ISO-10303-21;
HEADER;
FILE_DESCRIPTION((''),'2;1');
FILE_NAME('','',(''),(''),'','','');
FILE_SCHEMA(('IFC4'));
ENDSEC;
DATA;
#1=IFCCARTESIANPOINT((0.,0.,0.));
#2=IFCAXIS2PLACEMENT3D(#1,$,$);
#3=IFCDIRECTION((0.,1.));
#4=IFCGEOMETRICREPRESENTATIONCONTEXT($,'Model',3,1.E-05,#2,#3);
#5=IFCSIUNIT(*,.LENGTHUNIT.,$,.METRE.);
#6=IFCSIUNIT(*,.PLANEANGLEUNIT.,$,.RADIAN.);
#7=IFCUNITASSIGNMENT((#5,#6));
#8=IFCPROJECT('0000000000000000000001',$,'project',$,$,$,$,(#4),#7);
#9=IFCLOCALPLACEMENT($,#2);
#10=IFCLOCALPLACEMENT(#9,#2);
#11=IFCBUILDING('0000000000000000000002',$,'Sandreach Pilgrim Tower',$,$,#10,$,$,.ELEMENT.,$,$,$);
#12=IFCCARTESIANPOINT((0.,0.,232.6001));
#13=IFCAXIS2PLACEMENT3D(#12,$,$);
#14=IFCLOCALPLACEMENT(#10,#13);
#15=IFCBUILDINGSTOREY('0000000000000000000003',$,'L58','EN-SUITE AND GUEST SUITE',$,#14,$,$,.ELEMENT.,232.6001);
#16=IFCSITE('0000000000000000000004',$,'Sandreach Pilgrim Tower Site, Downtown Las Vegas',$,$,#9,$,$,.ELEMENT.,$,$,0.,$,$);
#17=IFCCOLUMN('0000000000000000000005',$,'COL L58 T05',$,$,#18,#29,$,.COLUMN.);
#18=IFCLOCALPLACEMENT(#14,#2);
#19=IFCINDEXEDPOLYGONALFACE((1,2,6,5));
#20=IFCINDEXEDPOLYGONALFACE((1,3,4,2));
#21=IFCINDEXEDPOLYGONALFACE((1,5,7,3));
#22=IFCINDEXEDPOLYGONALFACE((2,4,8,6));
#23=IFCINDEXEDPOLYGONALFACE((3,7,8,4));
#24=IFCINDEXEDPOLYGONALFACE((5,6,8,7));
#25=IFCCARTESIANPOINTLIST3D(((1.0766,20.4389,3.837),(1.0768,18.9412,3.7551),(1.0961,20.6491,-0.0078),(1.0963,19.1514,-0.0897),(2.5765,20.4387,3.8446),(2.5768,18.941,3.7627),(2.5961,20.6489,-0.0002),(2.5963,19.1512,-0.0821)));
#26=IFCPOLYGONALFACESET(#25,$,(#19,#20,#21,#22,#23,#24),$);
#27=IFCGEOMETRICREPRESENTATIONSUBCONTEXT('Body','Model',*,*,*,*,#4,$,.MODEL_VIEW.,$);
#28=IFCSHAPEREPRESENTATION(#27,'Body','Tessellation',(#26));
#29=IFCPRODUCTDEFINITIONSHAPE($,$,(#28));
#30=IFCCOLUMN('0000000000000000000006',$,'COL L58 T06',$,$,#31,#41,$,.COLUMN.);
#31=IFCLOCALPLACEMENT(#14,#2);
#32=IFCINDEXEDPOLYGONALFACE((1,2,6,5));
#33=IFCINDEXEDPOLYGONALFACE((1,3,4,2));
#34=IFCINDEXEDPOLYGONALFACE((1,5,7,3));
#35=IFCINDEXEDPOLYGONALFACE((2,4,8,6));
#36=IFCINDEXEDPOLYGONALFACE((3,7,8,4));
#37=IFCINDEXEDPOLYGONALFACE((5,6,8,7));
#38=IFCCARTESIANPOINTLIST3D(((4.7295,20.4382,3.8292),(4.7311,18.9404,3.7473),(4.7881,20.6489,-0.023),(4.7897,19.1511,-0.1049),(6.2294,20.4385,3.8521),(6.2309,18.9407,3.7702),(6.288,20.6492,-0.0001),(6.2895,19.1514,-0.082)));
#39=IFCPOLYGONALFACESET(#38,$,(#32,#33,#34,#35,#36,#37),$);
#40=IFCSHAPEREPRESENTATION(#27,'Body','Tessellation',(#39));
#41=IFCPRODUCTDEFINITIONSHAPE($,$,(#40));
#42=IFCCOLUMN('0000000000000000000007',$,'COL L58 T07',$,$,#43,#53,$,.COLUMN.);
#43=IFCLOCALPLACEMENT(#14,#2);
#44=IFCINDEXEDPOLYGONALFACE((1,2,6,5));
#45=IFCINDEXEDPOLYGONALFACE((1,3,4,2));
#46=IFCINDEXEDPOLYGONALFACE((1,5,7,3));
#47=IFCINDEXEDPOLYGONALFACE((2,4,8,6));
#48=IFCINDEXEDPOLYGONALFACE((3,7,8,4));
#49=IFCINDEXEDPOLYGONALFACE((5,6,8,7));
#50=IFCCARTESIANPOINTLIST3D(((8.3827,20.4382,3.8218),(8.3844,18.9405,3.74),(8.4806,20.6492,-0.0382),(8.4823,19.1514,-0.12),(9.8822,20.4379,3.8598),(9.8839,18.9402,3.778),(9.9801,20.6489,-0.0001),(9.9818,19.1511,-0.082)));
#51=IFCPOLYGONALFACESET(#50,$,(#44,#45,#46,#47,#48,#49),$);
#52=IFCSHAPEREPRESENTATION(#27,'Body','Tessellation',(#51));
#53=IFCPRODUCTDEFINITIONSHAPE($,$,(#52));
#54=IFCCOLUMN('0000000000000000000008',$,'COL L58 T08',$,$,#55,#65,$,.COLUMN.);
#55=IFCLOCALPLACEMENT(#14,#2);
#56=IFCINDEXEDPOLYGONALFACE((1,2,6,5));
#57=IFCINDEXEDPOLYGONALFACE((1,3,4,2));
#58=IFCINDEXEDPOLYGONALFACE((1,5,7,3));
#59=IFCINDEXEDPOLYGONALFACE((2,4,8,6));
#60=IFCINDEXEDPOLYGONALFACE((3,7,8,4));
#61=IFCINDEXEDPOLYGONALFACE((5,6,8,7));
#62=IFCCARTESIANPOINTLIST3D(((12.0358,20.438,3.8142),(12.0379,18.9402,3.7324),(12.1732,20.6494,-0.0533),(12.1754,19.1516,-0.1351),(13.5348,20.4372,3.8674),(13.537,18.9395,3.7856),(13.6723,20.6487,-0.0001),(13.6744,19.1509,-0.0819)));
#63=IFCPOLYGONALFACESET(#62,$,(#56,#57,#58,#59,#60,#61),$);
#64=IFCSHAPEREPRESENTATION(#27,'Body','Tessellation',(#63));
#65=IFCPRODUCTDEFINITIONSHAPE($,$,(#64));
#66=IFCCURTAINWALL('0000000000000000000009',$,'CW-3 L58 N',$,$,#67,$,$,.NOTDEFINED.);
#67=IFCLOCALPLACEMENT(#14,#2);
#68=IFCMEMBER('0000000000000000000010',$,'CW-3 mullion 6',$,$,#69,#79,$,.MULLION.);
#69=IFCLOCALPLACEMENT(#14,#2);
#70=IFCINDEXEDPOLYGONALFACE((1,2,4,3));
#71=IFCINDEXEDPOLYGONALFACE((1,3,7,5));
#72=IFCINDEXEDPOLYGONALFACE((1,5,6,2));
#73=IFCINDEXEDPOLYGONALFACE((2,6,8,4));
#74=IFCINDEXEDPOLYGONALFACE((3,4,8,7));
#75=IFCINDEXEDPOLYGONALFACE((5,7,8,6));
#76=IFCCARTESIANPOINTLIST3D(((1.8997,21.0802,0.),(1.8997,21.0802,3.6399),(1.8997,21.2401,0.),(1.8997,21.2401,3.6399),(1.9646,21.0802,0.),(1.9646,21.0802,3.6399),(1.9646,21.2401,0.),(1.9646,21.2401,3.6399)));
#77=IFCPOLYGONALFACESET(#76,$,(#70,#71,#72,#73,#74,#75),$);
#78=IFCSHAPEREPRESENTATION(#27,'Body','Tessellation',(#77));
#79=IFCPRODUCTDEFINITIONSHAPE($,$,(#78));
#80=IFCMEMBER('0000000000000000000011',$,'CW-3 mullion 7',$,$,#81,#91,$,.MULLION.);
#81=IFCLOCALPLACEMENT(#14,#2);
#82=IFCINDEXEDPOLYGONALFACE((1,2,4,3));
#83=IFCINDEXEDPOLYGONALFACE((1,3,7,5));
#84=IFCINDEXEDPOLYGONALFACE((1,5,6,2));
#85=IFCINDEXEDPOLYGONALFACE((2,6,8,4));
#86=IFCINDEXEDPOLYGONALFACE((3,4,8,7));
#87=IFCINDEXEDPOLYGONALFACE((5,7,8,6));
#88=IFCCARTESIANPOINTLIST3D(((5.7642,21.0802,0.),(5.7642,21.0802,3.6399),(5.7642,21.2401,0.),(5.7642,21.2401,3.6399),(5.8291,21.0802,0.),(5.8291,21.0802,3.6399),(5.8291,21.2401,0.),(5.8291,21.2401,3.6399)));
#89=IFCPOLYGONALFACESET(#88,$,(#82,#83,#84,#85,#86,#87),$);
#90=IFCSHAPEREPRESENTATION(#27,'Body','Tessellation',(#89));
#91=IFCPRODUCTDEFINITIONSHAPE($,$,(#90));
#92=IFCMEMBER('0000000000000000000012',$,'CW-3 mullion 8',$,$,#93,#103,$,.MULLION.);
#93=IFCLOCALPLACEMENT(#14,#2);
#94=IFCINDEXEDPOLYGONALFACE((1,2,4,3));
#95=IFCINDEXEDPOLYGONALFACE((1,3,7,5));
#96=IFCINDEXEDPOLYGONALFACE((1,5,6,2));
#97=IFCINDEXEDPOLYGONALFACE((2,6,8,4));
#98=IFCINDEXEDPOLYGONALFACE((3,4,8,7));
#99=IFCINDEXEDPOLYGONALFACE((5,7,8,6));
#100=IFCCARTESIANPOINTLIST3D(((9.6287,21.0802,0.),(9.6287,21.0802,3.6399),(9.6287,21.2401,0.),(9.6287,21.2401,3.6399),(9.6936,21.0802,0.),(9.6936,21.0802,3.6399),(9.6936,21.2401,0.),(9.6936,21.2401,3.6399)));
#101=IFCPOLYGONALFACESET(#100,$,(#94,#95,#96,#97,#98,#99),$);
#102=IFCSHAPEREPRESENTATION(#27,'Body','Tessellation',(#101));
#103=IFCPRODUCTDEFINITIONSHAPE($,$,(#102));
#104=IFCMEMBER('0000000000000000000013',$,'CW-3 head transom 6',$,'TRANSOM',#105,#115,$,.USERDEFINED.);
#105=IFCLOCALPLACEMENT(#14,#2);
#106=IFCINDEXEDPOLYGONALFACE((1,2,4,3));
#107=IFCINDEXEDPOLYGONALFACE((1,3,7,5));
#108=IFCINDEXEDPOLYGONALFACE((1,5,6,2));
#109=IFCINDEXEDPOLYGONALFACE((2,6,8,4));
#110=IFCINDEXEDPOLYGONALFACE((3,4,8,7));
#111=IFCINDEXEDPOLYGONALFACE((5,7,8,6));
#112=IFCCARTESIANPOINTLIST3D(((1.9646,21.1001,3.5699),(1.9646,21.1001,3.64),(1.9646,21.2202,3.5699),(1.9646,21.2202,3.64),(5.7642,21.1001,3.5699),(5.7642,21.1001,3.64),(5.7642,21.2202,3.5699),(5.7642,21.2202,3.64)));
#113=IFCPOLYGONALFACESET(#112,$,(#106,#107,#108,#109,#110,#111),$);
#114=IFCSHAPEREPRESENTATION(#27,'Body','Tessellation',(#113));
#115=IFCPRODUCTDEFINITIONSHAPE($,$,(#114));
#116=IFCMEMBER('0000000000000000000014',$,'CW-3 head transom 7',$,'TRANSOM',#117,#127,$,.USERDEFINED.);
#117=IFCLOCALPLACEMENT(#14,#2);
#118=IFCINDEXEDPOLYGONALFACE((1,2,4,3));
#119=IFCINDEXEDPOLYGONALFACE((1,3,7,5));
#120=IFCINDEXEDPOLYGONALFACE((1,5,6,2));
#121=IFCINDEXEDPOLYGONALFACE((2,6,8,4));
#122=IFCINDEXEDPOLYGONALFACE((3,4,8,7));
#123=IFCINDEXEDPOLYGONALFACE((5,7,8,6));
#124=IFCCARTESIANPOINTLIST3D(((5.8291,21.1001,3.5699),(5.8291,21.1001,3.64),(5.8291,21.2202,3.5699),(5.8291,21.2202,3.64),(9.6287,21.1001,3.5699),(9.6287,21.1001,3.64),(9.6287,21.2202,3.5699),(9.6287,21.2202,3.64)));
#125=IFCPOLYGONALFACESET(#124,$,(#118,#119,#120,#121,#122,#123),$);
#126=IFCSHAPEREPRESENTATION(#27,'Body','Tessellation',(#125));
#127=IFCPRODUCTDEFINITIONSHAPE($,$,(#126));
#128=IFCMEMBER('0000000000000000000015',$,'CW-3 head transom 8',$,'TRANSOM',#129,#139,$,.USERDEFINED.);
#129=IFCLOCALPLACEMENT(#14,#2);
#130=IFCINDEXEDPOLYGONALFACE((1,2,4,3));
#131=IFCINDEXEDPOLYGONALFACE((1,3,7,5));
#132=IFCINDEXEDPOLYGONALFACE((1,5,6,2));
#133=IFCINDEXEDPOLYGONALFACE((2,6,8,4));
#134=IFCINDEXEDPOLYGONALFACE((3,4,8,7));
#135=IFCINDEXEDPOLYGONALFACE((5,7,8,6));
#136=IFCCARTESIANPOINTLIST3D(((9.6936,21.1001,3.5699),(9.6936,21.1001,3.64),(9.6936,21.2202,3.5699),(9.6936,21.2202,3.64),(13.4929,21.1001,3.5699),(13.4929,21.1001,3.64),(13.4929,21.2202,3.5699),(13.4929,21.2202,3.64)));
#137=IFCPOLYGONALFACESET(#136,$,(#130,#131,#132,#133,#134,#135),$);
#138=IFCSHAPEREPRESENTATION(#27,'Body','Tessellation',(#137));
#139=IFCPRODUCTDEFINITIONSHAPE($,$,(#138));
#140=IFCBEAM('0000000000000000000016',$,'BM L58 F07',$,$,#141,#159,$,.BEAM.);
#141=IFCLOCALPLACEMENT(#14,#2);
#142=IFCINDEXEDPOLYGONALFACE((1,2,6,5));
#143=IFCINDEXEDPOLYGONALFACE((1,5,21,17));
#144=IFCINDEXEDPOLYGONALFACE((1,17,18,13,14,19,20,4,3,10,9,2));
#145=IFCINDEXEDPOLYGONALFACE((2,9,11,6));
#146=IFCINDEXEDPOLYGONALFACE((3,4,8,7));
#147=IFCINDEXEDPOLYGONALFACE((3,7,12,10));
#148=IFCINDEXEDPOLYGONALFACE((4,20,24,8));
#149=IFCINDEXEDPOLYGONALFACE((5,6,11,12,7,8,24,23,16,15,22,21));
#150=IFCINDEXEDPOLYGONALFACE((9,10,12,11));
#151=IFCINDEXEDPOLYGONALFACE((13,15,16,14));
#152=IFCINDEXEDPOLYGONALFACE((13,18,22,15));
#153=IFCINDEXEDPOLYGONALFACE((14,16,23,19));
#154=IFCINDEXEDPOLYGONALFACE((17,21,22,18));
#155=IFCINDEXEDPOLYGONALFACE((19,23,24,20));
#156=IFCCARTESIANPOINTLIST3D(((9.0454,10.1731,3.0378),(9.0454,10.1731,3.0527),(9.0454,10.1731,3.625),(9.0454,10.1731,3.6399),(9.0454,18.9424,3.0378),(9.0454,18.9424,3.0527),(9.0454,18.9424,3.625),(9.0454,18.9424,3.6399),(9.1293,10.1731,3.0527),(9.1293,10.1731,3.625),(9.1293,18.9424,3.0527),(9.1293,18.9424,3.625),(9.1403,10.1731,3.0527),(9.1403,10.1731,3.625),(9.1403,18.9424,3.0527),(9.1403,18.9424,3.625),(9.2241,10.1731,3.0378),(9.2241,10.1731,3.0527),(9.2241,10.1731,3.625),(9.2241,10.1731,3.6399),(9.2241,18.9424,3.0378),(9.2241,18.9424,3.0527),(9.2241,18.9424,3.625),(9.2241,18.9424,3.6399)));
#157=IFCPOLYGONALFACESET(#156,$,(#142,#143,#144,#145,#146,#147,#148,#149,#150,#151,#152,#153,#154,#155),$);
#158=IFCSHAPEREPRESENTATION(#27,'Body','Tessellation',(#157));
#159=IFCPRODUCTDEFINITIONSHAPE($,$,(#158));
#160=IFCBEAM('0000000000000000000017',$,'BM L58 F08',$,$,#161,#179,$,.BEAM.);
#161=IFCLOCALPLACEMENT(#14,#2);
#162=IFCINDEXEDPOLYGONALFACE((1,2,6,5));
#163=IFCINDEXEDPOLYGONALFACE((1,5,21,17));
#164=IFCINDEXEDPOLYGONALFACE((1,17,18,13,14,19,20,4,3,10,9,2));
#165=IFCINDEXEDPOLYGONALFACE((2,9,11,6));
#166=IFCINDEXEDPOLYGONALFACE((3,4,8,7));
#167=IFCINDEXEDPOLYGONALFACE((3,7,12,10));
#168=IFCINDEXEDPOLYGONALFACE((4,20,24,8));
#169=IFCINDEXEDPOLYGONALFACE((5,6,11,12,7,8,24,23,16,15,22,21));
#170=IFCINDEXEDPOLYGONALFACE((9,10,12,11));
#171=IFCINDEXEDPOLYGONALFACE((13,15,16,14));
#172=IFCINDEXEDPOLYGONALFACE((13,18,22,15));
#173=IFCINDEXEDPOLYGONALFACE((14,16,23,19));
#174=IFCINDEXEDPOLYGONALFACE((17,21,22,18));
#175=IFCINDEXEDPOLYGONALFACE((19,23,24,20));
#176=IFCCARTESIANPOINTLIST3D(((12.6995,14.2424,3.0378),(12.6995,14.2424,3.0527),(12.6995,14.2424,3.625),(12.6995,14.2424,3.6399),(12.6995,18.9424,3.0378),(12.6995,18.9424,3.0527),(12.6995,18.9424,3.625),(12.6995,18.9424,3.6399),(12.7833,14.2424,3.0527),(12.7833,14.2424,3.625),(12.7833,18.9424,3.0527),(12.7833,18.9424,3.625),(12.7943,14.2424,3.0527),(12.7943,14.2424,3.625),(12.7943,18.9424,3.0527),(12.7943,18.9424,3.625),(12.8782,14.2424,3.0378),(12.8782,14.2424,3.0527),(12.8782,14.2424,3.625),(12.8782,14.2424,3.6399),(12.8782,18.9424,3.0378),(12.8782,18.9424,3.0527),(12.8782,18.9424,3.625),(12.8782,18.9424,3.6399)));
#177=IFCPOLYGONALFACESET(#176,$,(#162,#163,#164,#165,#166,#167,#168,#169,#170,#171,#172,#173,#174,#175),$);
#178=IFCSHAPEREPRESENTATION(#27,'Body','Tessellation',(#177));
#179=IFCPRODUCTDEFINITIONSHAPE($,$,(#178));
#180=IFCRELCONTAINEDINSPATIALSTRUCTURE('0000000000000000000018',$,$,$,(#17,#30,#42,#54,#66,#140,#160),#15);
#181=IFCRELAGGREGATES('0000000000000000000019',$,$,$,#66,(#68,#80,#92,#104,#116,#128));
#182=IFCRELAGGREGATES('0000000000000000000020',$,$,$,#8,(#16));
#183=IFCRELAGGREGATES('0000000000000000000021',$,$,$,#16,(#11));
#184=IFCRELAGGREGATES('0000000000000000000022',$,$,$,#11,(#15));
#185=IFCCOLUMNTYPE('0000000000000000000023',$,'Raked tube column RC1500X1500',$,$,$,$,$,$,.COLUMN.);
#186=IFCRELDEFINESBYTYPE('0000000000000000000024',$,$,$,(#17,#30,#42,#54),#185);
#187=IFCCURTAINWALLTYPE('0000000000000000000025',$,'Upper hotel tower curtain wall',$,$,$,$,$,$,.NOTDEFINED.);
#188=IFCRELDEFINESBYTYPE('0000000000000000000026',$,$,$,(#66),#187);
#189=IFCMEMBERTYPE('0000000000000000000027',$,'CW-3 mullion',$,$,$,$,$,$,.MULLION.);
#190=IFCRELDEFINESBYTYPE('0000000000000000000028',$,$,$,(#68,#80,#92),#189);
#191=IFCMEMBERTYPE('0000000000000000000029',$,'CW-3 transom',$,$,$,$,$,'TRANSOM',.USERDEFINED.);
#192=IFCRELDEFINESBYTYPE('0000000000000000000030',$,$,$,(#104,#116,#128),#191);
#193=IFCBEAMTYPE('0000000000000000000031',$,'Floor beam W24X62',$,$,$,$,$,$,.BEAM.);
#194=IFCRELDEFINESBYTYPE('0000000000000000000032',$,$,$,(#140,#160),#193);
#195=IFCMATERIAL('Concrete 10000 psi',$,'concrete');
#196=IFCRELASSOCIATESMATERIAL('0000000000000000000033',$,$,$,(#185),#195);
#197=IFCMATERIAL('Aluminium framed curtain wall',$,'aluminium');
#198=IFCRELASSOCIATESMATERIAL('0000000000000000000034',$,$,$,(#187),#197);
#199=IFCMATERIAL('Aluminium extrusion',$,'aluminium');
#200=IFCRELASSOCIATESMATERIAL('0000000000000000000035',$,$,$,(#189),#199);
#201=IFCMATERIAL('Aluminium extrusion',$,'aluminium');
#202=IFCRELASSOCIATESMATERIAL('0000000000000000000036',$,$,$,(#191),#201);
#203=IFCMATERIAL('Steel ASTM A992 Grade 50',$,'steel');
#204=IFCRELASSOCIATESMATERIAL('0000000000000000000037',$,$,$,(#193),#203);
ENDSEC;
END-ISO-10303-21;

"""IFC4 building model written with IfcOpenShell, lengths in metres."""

from ifc_helpers import new_model, si_unit, direction, frame, origin, origin_2d, place, context, subcontext, project, spatial, rectangle, i_section, extrude, material, material_profile, profile_set, type_object, element, aggregate, save


model = new_model("IFC4")

# Units and contexts
model_context = context("Model", 3, precision=1e-05, world=origin(), true_north=direction((0.0, 1.0)))
body_context = subcontext(model_context, "Body", "Model", "MODEL_VIEW")
ifc_project = project(units=[si_unit("LENGTHUNIT", "METRE"), si_unit("PLANEANGLEUNIT", "RADIAN")], contexts=[model_context])

# Site, building, storey
site_placement = place(None, origin())
site = spatial("IfcSite", under=ifc_project, at=site_placement, Name="Sandreach Pilgrim Tower Site, Downtown Las Vegas", CompositionType="ELEMENT", RefElevation=0.0)
building_placement = place(site_placement, origin())
building = spatial("IfcBuilding", under=site, at=building_placement, Name="Sandreach Pilgrim Tower", CompositionType="ELEMENT")
storey_placement = place(building_placement, frame((0.0, 0.0, 232.6001)))
storey = spatial("IfcBuildingStorey", under=building, at=storey_placement, Name="L58", Description="EN-SUITE AND GUEST SUITE", CompositionType="ELEMENT", Elevation=232.6001)

# Columns
ifc_material_1 = material(Name="Concrete 10000 psi", Category="concrete")
ifc_material_profile_1 = material_profile(ifc_material_1, rectangle(XDim=1.5, YDim=1.5, at=origin_2d()), Name="RC1500X1500")
ifc_profile_set_1 = profile_set([ifc_material_profile_1], Name="Concrete 10000 psi")
column_type = type_object("IfcColumnType", Name="Raked tube column RC1500X1500", PredefinedType="COLUMN", material=ifc_profile_set_1)
column_1_placement = place(storey_placement, frame((1.8462, 19.9001, -0.0449), z_axis=(-0.005072, -0.054591, 0.998496), x_axis=(-0.000139, 0.998509, 0.054591)))
element("IfcColumn", 1, at=column_1_placement, inside=storey, type_object=column_type, Name="COL L58 T05", PredefinedType="COLUMN", context=body_context, shape_type="SweptSolid", body=[
    extrude(rectangle(XDim=1.5, YDim=1.5, at=origin_2d()), origin(), (0.0, 0.0, 1.0), 3.8506),
])
column_2_placement = place(storey_placement, frame((5.5388, 19.9001, -0.0525), z_axis=(-0.015186, -0.054605, 0.998393), x_axis=(-0.001041, 0.998508, 0.054596)))
element("IfcColumn", 2, at=column_2_placement, inside=storey, type_object=column_type, Name="COL L58 T06", PredefinedType="COLUMN", context=body_context, shape_type="SweptSolid", body=[
    extrude(rectangle(XDim=1.5, YDim=1.5, at=origin_2d()), origin(), (0.0, 0.0, 1.0), 3.8584),
])
column_3_placement = place(storey_placement, frame((9.2312, 19.9001, -0.0601), z_axis=(-0.025318, -0.05455, 0.99819), x_axis=(-0.001184, 0.998511, 0.054538)))
element("IfcColumn", 3, at=column_3_placement, inside=storey, type_object=column_type, Name="COL L58 T07", PredefinedType="COLUMN", context=body_context, shape_type="SweptSolid", body=[
    extrude(rectangle(XDim=1.5, YDim=1.5, at=origin_2d()), origin(), (0.0, 0.0, 1.0), 3.8669),
])
column_4_placement = place(storey_placement, frame((12.9238, 19.9001, -0.0676), z_axis=(-0.035465, -0.054552, 0.997881), x_axis=(-0.001454, 0.998511, 0.054535)))
element("IfcColumn", 4, at=column_4_placement, inside=storey, type_object=column_type, Name="COL L58 T08", PredefinedType="COLUMN", context=body_context, shape_type="SweptSolid", body=[
    extrude(rectangle(XDim=1.5, YDim=1.5, at=origin_2d()), origin(), (0.0, 0.0, 1.0), 3.8757),
])

# Curtain wall, members
ifc_material_2 = material(Name="Aluminium framed curtain wall", Category="aluminium")
curtain_wall_type = type_object("IfcCurtainWallType", Name="Upper hotel tower curtain wall", PredefinedType="NOTDEFINED", material=ifc_material_2)
curtain_wall_placement = place(storey_placement, origin())
curtain_wall = element("IfcCurtainWall", 5, at=curtain_wall_placement, inside=storey, type_object=curtain_wall_type, Name="CW-3 L58 N", PredefinedType="NOTDEFINED")
ifc_material_3 = material(Name="Aluminium extrusion", Category="aluminium")
ifc_material_profile_2 = material_profile(ifc_material_3, rectangle(XDim=0.0649, YDim=0.1599, at=origin_2d()), Name="CW-3M 65X160")
ifc_profile_set_2 = profile_set([ifc_material_profile_2], Name="Aluminium extrusion")
member_type_1 = type_object("IfcMemberType", Name="CW-3 mullion", PredefinedType="MULLION", material=ifc_profile_set_2)
member_1_placement = place(storey_placement, frame((1.9321, 21.1602, 0.0), z_axis=(0.0, 0.0, 1.0), x_axis=(1.0, 0.0, 0.0)))
member_1 = element("IfcMember", 6, at=member_1_placement, type_object=member_type_1, Name="CW-3 mullion 6", PredefinedType="MULLION", context=body_context, shape_type="SweptSolid", body=[
    extrude(rectangle(XDim=0.0649, YDim=0.1599, at=origin_2d()), origin(), (0.0, 0.0, 1.0), 3.6399),
])
member_2_placement = place(storey_placement, frame((5.7966, 21.1602, 0.0), z_axis=(0.0, 0.0, 1.0), x_axis=(1.0, 0.0, 0.0)))
member_2 = element("IfcMember", 7, at=member_2_placement, type_object=member_type_1, Name="CW-3 mullion 7", PredefinedType="MULLION", context=body_context, shape_type="SweptSolid", body=[
    extrude(rectangle(XDim=0.0649, YDim=0.1599, at=origin_2d()), origin(), (0.0, 0.0, 1.0), 3.6399),
])
member_3_placement = place(storey_placement, frame((9.6611, 21.1602, 0.0), z_axis=(0.0, 0.0, 1.0), x_axis=(1.0, 0.0, 0.0)))
member_3 = element("IfcMember", 8, at=member_3_placement, type_object=member_type_1, Name="CW-3 mullion 8", PredefinedType="MULLION", context=body_context, shape_type="SweptSolid", body=[
    extrude(rectangle(XDim=0.0649, YDim=0.1599, at=origin_2d()), origin(), (0.0, 0.0, 1.0), 3.6399),
])
ifc_material_4 = material(Name="Aluminium extrusion", Category="aluminium")
ifc_material_profile_3 = material_profile(ifc_material_4, rectangle(XDim=0.1201, YDim=0.0701, at=origin_2d()), Name="CW-3T 120X70")
ifc_profile_set_3 = profile_set([ifc_material_profile_3], Name="Aluminium extrusion")
member_type_2 = type_object("IfcMemberType", Name="CW-3 transom", ElementType="TRANSOM", PredefinedType="USERDEFINED", material=ifc_profile_set_3)
member_4_placement = place(storey_placement, frame((1.9646, 21.1602, 3.605), z_axis=(1.0, 0.0, 0.0), x_axis=(0.0, 1.0, 0.0)))
member_4 = element("IfcMember", 9, at=member_4_placement, type_object=member_type_2, Name="CW-3 head transom 6", ObjectType="TRANSOM", PredefinedType="USERDEFINED", context=body_context, shape_type="SweptSolid", body=[
    extrude(rectangle(XDim=0.1201, YDim=0.0701, at=origin_2d()), origin(), (0.0, 0.0, 1.0), 3.7996),
])
member_5_placement = place(storey_placement, frame((5.8291, 21.1602, 3.605), z_axis=(1.0, 0.0, 0.0), x_axis=(0.0, 1.0, 0.0)))
member_5 = element("IfcMember", 10, at=member_5_placement, type_object=member_type_2, Name="CW-3 head transom 7", ObjectType="TRANSOM", PredefinedType="USERDEFINED", context=body_context, shape_type="SweptSolid", body=[
    extrude(rectangle(XDim=0.1201, YDim=0.0701, at=origin_2d()), origin(), (0.0, 0.0, 1.0), 3.7996),
])
member_6_placement = place(storey_placement, frame((9.6936, 21.1602, 3.605), z_axis=(1.0, 0.0, 0.0), x_axis=(0.0, 1.0, 0.0)))
member_6 = element("IfcMember", 11, at=member_6_placement, type_object=member_type_2, Name="CW-3 head transom 8", ObjectType="TRANSOM", PredefinedType="USERDEFINED", context=body_context, shape_type="SweptSolid", body=[
    extrude(rectangle(XDim=0.1201, YDim=0.0701, at=origin_2d()), origin(), (0.0, 0.0, 1.0), 3.7993),
])

# Beams
ifc_material_5 = material(Name="Steel ASTM A992 Grade 50", Category="steel")
ifc_material_profile_4 = material_profile(ifc_material_5, i_section(OverallWidth=0.1787, OverallDepth=0.6021, WebThickness=0.011, FlangeThickness=0.0149, at=origin_2d()), Name="W24X62")
ifc_profile_set_4 = profile_set([ifc_material_profile_4], Name="Steel ASTM A992 Grade 50")
beam_type_1 = type_object("IfcBeamType", Name="Floor beam W24X62", PredefinedType="BEAM", material=ifc_profile_set_4)
beam_1_placement = place(storey_placement, frame((9.1348, 18.9424, 3.3389), z_axis=(0.0, -1.0, 0.0), x_axis=(1.0, 0.0, 0.0)))
element("IfcBeam", 12, at=beam_1_placement, inside=storey, type_object=beam_type_1, Name="BM L58 F07", PredefinedType="BEAM", context=body_context, shape_type="SweptSolid", body=[
    extrude(i_section(OverallWidth=0.1787, OverallDepth=0.6021, WebThickness=0.011, FlangeThickness=0.0149, at=origin_2d()), origin(), (0.0, 0.0, 1.0), 8.7693),
])
beam_2_placement = place(storey_placement, frame((12.7888, 18.9424, 3.3389), z_axis=(0.0, -1.0, 0.0), x_axis=(1.0, 0.0, 0.0)))
element("IfcBeam", 13, at=beam_2_placement, inside=storey, type_object=beam_type_1, Name="BM L58 F08", PredefinedType="BEAM", context=body_context, shape_type="SweptSolid", body=[
    extrude(i_section(OverallWidth=0.1787, OverallDepth=0.6021, WebThickness=0.011, FlangeThickness=0.0149, at=origin_2d()), origin(), (0.0, 0.0, 1.0), 4.7),
])

aggregate(curtain_wall, [member_1, member_2, member_3, member_4, member_5, member_6])

save(model, "model.ifc")
